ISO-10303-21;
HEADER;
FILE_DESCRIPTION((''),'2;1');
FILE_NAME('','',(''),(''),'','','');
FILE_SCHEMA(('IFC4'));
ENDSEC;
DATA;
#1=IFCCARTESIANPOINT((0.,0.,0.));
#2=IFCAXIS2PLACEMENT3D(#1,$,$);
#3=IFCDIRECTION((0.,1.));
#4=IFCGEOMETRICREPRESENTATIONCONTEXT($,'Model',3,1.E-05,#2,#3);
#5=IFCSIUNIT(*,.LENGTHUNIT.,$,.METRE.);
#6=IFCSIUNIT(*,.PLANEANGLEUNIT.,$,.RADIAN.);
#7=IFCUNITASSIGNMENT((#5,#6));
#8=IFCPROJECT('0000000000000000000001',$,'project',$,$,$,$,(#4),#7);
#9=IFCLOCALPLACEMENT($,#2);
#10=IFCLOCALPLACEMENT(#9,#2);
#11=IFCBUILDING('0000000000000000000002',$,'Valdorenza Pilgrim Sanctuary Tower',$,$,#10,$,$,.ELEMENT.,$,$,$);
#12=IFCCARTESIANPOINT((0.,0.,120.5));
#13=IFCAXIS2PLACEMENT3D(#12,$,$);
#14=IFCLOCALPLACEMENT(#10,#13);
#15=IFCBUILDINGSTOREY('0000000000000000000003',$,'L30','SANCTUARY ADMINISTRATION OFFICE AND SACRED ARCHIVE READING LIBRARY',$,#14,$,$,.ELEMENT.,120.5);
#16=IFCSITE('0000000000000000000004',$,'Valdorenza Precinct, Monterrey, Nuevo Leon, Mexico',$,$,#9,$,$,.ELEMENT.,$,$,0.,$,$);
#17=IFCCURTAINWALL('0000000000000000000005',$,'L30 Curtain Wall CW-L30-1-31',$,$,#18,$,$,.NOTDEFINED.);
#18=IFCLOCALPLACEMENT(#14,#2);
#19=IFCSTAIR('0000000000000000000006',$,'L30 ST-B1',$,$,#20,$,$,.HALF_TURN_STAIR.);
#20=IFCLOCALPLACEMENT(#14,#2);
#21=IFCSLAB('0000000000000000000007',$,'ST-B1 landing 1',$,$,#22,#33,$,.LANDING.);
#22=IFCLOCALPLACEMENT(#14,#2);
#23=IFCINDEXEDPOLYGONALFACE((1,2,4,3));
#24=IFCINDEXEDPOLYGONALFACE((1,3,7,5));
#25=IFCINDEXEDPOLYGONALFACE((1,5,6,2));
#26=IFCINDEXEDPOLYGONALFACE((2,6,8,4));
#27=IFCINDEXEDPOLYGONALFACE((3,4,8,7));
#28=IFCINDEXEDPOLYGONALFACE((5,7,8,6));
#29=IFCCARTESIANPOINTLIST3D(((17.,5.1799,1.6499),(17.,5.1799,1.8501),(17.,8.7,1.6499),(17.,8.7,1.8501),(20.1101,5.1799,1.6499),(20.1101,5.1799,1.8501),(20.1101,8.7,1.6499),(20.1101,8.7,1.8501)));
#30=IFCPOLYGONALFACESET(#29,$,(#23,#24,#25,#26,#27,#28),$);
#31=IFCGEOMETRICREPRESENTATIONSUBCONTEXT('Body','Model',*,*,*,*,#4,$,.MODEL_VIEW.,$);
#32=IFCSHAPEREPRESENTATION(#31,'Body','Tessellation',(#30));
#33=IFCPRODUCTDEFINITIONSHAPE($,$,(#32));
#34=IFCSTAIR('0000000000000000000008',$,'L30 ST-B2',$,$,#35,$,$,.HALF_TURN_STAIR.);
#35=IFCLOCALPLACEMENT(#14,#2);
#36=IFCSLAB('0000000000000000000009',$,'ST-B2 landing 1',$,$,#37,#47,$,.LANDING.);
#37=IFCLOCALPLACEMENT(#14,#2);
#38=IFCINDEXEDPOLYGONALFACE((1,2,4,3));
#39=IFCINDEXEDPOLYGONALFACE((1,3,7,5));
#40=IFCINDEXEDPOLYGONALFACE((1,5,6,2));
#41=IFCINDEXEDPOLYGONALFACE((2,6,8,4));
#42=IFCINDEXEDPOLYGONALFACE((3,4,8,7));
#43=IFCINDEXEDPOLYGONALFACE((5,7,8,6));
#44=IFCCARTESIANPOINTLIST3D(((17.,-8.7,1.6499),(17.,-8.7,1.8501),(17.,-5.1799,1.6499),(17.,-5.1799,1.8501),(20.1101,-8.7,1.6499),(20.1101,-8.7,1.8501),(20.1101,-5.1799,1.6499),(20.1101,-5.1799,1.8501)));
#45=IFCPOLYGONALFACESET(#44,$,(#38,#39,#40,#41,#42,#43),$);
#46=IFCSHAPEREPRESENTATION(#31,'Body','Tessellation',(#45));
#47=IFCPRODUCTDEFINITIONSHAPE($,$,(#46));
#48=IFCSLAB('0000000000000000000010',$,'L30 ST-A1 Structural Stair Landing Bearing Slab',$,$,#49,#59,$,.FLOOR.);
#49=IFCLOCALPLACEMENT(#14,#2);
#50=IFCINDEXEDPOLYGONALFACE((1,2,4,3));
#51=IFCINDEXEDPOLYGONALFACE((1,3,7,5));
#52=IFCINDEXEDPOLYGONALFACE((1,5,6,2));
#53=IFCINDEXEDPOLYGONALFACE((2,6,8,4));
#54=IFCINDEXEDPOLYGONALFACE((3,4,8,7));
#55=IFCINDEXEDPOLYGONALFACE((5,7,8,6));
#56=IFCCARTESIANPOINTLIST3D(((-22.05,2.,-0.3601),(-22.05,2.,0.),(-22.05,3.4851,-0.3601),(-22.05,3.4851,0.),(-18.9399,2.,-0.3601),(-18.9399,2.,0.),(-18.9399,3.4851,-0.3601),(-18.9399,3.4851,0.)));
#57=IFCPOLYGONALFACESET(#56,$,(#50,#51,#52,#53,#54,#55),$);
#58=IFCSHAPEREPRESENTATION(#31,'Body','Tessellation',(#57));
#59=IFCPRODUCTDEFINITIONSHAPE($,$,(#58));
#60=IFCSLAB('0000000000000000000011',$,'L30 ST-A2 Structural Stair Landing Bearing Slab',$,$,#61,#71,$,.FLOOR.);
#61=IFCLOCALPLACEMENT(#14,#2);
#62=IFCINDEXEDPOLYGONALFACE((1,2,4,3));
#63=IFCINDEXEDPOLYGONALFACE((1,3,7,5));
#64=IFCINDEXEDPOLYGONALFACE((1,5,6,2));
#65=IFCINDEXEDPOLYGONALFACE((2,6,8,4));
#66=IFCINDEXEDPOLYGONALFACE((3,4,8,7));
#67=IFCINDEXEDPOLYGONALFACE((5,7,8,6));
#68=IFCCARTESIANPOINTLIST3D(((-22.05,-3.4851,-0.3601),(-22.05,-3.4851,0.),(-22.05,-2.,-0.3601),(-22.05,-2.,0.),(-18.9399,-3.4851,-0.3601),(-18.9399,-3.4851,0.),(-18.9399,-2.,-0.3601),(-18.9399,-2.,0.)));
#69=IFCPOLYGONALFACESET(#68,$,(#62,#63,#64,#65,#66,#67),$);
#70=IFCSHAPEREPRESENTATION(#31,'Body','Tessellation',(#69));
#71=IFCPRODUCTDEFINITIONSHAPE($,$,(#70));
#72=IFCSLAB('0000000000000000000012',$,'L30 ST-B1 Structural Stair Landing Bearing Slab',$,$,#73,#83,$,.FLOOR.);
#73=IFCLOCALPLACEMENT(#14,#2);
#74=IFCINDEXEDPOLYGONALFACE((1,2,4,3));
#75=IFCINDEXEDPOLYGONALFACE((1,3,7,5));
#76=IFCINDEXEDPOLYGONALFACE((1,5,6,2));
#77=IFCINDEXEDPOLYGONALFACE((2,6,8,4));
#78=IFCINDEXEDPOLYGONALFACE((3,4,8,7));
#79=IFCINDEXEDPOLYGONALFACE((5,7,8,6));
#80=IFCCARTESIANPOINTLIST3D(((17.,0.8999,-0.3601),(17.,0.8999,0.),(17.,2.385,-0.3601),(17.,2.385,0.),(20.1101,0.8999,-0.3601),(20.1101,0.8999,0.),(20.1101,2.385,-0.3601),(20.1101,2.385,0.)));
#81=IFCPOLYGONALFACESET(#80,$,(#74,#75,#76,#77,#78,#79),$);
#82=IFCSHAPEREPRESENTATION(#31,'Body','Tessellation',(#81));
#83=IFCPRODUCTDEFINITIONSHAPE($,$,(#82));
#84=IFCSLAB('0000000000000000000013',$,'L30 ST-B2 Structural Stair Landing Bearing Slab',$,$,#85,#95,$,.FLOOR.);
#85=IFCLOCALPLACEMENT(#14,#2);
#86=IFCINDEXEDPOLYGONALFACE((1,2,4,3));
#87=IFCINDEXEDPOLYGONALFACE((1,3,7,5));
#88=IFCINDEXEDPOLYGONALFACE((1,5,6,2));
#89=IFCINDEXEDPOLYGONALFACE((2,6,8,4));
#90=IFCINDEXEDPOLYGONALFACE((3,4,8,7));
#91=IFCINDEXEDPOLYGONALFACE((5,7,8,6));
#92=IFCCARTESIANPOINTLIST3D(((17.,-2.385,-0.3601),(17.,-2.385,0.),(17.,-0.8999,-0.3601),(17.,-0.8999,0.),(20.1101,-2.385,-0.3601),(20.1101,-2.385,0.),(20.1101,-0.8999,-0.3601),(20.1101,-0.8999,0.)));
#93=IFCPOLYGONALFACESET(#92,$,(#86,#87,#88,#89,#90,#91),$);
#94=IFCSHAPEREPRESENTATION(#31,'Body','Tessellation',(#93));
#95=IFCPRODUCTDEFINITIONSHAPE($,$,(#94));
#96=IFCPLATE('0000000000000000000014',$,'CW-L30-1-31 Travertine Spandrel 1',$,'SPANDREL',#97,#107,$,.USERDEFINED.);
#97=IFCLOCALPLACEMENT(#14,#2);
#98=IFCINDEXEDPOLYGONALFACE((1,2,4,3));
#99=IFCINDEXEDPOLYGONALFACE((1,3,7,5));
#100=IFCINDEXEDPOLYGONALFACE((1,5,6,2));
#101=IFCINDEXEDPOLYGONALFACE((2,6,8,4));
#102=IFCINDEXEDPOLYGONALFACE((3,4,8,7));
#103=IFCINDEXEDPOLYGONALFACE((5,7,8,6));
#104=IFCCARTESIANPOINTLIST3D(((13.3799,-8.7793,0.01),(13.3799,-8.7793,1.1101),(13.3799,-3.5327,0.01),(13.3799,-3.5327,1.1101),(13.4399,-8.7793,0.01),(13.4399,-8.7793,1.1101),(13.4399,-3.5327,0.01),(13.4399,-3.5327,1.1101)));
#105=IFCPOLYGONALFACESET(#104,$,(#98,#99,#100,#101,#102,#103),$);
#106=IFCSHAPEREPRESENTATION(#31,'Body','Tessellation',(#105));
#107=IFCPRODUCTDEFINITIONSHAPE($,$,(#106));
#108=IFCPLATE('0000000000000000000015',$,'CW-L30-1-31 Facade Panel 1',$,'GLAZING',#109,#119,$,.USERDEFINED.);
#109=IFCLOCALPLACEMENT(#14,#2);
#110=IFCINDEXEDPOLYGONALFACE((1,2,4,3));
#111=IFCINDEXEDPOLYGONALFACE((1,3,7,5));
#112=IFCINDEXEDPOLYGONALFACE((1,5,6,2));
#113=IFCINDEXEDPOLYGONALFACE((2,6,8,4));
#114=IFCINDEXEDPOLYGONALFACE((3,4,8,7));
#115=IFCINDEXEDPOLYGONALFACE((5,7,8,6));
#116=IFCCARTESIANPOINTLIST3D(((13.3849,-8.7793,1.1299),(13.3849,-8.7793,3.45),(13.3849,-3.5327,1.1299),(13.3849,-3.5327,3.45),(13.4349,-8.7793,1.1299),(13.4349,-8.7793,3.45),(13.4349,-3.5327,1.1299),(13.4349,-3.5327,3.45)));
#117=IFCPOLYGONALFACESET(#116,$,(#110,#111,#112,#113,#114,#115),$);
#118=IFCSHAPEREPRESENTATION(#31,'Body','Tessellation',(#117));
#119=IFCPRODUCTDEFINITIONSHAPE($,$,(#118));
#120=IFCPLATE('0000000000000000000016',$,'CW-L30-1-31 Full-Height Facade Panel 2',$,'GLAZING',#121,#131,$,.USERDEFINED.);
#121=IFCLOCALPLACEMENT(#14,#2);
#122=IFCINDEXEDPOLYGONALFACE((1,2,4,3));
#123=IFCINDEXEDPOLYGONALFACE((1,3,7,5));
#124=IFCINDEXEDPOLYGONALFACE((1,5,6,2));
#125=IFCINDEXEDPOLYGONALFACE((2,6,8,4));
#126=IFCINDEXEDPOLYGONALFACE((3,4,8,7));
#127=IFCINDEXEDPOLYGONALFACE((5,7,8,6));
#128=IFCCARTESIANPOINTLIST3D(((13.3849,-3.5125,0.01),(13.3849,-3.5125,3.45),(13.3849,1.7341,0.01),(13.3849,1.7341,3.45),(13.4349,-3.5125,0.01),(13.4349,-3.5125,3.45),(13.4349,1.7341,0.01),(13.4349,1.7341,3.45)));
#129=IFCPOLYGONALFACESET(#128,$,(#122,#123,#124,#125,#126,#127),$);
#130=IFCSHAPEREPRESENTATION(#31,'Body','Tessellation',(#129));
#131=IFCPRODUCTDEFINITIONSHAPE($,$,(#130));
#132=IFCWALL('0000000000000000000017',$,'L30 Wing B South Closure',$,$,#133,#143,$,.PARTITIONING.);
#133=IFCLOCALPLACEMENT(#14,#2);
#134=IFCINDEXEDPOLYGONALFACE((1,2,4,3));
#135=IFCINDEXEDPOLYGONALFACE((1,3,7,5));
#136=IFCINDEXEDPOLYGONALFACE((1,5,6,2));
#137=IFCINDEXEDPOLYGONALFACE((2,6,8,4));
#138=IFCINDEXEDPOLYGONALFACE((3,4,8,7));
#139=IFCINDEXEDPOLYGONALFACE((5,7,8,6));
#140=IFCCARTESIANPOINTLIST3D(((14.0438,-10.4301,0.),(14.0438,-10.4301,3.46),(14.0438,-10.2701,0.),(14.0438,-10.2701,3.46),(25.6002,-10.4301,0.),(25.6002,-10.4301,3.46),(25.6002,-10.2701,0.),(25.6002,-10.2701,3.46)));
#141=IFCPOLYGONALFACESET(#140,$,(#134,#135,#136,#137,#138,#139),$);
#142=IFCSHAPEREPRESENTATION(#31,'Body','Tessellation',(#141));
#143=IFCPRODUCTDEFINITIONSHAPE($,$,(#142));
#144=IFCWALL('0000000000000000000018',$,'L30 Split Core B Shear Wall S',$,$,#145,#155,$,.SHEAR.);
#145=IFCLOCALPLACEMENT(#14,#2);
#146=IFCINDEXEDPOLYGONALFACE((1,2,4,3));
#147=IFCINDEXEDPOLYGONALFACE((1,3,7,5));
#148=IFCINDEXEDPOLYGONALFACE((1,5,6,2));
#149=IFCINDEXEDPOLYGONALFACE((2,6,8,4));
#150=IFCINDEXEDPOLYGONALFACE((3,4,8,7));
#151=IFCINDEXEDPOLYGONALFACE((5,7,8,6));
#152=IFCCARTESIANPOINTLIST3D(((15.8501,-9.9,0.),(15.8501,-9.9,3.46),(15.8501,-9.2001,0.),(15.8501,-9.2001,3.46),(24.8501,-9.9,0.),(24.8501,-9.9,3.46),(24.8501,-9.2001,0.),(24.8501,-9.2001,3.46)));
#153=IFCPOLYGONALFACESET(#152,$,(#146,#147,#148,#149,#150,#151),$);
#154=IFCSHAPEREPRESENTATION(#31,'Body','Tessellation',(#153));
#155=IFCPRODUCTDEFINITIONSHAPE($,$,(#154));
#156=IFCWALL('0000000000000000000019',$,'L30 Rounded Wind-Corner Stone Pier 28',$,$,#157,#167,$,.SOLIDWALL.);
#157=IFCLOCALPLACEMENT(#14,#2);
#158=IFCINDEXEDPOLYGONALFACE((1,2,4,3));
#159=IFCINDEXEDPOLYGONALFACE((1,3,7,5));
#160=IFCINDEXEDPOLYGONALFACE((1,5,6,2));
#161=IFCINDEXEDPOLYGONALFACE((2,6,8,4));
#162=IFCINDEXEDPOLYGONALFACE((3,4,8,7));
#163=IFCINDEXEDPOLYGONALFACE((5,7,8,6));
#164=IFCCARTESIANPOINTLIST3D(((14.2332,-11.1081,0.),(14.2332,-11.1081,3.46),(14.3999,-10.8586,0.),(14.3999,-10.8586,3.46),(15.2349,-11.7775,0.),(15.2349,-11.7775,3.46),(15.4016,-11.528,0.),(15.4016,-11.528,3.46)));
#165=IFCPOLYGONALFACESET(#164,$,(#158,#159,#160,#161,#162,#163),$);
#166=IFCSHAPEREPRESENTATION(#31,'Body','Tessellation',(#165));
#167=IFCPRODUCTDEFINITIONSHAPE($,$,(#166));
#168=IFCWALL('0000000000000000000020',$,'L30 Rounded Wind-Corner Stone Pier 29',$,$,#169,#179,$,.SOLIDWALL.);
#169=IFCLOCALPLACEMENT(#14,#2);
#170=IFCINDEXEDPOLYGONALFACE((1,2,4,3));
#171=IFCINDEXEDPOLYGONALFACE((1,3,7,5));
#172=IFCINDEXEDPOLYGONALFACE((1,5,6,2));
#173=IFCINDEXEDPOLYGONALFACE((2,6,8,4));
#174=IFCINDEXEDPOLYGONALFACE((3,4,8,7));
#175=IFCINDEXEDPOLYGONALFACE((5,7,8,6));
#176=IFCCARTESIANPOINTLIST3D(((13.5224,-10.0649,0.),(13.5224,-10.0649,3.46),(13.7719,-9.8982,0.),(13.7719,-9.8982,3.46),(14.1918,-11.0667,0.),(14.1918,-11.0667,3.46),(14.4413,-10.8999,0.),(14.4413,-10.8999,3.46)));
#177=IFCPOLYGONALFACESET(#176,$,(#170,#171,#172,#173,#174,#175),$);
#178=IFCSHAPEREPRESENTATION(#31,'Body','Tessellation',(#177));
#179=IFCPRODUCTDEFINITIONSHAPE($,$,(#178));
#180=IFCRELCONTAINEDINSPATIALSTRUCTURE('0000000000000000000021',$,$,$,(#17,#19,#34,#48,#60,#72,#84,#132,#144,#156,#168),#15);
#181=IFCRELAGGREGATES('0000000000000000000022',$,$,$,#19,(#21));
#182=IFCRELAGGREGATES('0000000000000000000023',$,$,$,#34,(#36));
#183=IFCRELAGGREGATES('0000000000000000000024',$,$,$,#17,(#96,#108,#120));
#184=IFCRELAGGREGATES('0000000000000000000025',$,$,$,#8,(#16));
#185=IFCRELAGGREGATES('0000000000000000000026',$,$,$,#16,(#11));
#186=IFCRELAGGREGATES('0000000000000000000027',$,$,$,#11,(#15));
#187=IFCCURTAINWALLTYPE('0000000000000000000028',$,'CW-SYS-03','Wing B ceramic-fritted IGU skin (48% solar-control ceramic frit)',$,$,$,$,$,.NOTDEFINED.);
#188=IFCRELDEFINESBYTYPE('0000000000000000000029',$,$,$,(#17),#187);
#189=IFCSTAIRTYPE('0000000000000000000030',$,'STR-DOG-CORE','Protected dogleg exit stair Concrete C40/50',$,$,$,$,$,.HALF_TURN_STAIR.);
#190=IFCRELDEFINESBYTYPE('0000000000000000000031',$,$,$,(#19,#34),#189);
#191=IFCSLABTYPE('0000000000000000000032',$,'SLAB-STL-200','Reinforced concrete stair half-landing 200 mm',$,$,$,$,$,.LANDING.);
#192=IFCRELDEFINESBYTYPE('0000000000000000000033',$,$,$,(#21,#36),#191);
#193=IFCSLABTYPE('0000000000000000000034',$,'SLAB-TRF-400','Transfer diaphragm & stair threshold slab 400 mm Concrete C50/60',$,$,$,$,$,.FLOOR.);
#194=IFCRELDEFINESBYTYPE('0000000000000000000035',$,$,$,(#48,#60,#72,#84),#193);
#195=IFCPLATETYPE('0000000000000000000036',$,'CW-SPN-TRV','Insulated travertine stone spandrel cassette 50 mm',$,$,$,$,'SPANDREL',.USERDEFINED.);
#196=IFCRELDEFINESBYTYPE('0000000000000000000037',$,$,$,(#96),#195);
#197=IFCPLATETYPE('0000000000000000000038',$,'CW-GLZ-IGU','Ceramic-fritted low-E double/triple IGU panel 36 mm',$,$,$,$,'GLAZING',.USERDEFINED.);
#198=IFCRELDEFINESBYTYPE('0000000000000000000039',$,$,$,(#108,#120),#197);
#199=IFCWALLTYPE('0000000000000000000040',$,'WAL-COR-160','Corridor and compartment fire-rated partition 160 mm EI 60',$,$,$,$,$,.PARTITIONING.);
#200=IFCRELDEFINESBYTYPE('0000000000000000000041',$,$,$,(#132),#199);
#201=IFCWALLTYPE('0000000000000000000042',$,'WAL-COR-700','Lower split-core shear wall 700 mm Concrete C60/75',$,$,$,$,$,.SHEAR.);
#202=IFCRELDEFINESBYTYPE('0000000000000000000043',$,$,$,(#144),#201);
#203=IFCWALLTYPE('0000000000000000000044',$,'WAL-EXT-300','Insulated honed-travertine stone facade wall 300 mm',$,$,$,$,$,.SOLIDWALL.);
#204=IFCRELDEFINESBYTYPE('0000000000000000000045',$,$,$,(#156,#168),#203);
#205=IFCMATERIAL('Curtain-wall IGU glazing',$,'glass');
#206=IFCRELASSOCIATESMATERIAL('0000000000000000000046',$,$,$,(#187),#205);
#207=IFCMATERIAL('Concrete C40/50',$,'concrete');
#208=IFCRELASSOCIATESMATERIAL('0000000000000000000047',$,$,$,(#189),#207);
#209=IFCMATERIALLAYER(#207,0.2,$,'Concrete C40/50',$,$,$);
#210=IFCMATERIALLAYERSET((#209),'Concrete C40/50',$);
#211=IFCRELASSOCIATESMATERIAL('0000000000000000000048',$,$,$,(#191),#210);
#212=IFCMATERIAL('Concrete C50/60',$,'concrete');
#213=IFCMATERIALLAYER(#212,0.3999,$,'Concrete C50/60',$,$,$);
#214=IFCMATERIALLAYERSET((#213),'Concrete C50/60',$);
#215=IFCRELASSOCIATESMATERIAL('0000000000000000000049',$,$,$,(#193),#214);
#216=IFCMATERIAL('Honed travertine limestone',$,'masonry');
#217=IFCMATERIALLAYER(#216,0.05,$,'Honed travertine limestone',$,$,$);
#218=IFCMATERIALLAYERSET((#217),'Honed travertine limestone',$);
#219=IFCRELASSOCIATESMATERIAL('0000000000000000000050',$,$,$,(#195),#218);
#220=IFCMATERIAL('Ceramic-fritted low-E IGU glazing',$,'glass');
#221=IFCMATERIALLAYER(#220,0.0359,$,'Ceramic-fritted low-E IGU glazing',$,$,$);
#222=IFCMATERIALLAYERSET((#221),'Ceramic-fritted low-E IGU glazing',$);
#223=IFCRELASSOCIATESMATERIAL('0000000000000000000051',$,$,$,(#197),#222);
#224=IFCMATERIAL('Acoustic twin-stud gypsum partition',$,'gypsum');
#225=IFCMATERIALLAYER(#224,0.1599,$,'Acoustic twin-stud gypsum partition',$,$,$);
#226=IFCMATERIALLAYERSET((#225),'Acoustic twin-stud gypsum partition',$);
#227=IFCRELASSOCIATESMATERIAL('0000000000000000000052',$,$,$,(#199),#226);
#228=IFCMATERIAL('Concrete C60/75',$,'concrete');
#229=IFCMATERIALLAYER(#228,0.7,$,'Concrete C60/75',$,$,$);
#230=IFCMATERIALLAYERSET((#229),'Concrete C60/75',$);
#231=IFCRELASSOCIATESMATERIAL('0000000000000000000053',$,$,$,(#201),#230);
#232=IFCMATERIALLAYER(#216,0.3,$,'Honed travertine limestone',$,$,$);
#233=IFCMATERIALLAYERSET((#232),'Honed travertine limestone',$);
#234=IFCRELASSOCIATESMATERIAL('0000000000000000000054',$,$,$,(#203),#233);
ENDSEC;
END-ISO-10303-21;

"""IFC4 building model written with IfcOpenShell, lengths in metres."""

from ifc_helpers import new_model, si_unit, direction, frame, frame_2d, origin, origin_2d, place, context, subcontext, project, spatial, polyline, rectangle, outline, extrude, source, transform, mapped, material, layer, layer_set, type_object, element, aggregate, save


model = new_model("IFC4")

# Units and contexts
model_context = context("Model", 3, precision=1e-05, world=origin(), true_north=direction((0.0, 1.0)))
body_context = subcontext(model_context, "Body", "Model", "MODEL_VIEW")
ifc_project = project(units=[si_unit("LENGTHUNIT", "METRE"), si_unit("PLANEANGLEUNIT", "RADIAN")], contexts=[model_context])

# Site, building, storey
site_placement = place(None, origin())
site = spatial("IfcSite", under=ifc_project, at=site_placement, Name="Valdorenza Precinct, Monterrey, Nuevo Leon, Mexico", CompositionType="ELEMENT", RefElevation=0.0)
building_placement = place(site_placement, origin())
building = spatial("IfcBuilding", under=site, at=building_placement, Name="Valdorenza Pilgrim Sanctuary Tower", CompositionType="ELEMENT")
storey_placement = place(building_placement, frame((0.0, 0.0, 120.5)))
storey = spatial("IfcBuildingStorey", under=building, at=storey_placement, Name="L30", Description="SANCTUARY ADMINISTRATION OFFICE AND SACRED ARCHIVE READING LIBRARY", CompositionType="ELEMENT", Elevation=120.5)

# Shared definitions
ifc_material_1 = material(Name="Concrete C60/75", Category="concrete")

# Curtain wall
ifc_material_2 = material(Name="Curtain-wall IGU glazing", Category="glass")
curtain_wall_type = type_object("IfcCurtainWallType", Name="CW-SYS-03", Description="Wing B ceramic-fritted IGU skin (48% solar-control ceramic frit)", PredefinedType="NOTDEFINED", material=ifc_material_2)
curtain_wall_placement = place(storey_placement, origin())
curtain_wall = element("IfcCurtainWall", 1, at=curtain_wall_placement, inside=storey, type_object=curtain_wall_type, Name="L30 Curtain Wall CW-L30-1-31", PredefinedType="NOTDEFINED")

# Shared definitions
ifc_material_3 = material(Name="Concrete C40/50", Category="concrete")

# Stairs, slabs
stair_type = type_object("IfcStairType", Name="STR-DOG-CORE", Description="Protected dogleg exit stair Concrete C40/50", PredefinedType="HALF_TURN_STAIR", material=ifc_material_3)
ifc_layer_1 = layer(ifc_material_3, 0.2, Name="Concrete C40/50")
ifc_layer_set_1 = layer_set([ifc_layer_1], Name="Concrete C40/50")
slab_type_1 = type_object("IfcSlabType", Name="SLAB-STL-200", Description="Reinforced concrete stair half-landing 200 mm", PredefinedType="LANDING", material=ifc_layer_set_1)
stair_1_placement = place(storey_placement, origin())
stair_1 = element("IfcStair", 2, at=stair_1_placement, inside=storey, type_object=stair_type, Name="L30 ST-B1", PredefinedType="HALF_TURN_STAIR")
slab_1_placement = place(storey_placement, frame((0.0, 0.0, 1.6499)))
slab_1 = element("IfcSlab", 3, at=slab_1_placement, type_object=slab_type_1, Name="ST-B1 landing 1", PredefinedType="LANDING", context=body_context, shape_type="SweptSolid", body=[
    extrude(outline(polyline([(20.1101, 5.1799), (20.1101, 8.7), (17.0, 8.7), (17.0, 5.1799), (20.1101, 5.1799)])), origin(), (0.0, 0.0, 1.0), 0.2002),
])
aggregate(stair_1, [slab_1])
stair_2_placement = place(storey_placement, origin())
stair_2 = element("IfcStair", 4, at=stair_2_placement, inside=storey, type_object=stair_type, Name="L30 ST-B2", PredefinedType="HALF_TURN_STAIR")
slab_2_placement = place(storey_placement, frame((0.0, 0.0, 1.6499)))
slab_2 = element("IfcSlab", 5, at=slab_2_placement, type_object=slab_type_1, Name="ST-B2 landing 1", PredefinedType="LANDING", context=body_context, shape_type="SweptSolid", body=[
    extrude(outline(polyline([(17.0, -5.1799), (17.0, -8.7), (20.1101, -8.7), (20.1101, -5.1799), (17.0, -5.1799)])), origin(), (0.0, 0.0, 1.0), 0.2002),
])
aggregate(stair_2, [slab_2])

# Slabs
ifc_material_4 = material(Name="Concrete C50/60", Category="concrete")
ifc_layer_2 = layer(ifc_material_4, 0.3999, Name="Concrete C50/60")
ifc_layer_set_2 = layer_set([ifc_layer_2], Name="Concrete C50/60")
slab_type_2 = type_object("IfcSlabType", Name="SLAB-TRF-400", Description="Transfer diaphragm & stair threshold slab 400 mm Concrete C50/60", PredefinedType="FLOOR", material=ifc_layer_set_2)
slab_3_placement = place(storey_placement, frame((0.0, 0.0, -0.3601)))
element("IfcSlab", 6, at=slab_3_placement, inside=storey, type_object=slab_type_2, Name="L30 ST-A1 Structural Stair Landing Bearing Slab", PredefinedType="FLOOR", context=body_context, shape_type="SweptSolid", body=[
    extrude(outline(polyline([(-22.05, 2.0), (-18.9399, 2.0), (-18.9399, 3.4851), (-22.05, 3.4851), (-22.05, 2.0)])), origin(), (0.0, 0.0, 1.0), 0.3601),
])
slab_4_placement = place(storey_placement, frame((0.0, 0.0, -0.3601)))
element("IfcSlab", 7, at=slab_4_placement, inside=storey, type_object=slab_type_2, Name="L30 ST-A2 Structural Stair Landing Bearing Slab", PredefinedType="FLOOR", context=body_context, shape_type="SweptSolid", body=[
    extrude(outline(polyline([(-22.05, -3.4851), (-18.9399, -3.4851), (-18.9399, -2.0), (-22.05, -2.0), (-22.05, -3.4851)])), origin(), (0.0, 0.0, 1.0), 0.3601),
])
slab_5_placement = place(storey_placement, frame((0.0, 0.0, -0.3601)))
element("IfcSlab", 8, at=slab_5_placement, inside=storey, type_object=slab_type_2, Name="L30 ST-B1 Structural Stair Landing Bearing Slab", PredefinedType="FLOOR", context=body_context, shape_type="SweptSolid", body=[
    extrude(outline(polyline([(17.0, 0.8999), (20.1101, 0.8999), (20.1101, 2.385), (17.0, 2.385), (17.0, 0.8999)])), origin(), (0.0, 0.0, 1.0), 0.3601),
])
slab_6_placement = place(storey_placement, frame((0.0, 0.0, -0.3601)))
element("IfcSlab", 9, at=slab_6_placement, inside=storey, type_object=slab_type_2, Name="L30 ST-B2 Structural Stair Landing Bearing Slab", PredefinedType="FLOOR", context=body_context, shape_type="SweptSolid", body=[
    extrude(outline(polyline([(17.0, -2.385), (20.1101, -2.385), (20.1101, -0.8999), (17.0, -0.8999), (17.0, -2.385)])), origin(), (0.0, 0.0, 1.0), 0.3601),
])

# Plates
ifc_material_5 = material(Name="Honed travertine limestone", Category="masonry")
ifc_layer_3 = layer(ifc_material_5, 0.05, Name="Honed travertine limestone")
ifc_layer_set_3 = layer_set([ifc_layer_3], Name="Honed travertine limestone")
plate_type_1 = type_object("IfcPlateType", Name="CW-SPN-TRV", Description="Insulated travertine stone spandrel cassette 50 mm", ElementType="SPANDREL", PredefinedType="USERDEFINED", material=ifc_layer_set_3)
shared_shape_1 = source(origin(), body_context, "Body", "SweptSolid", [
    extrude(rectangle(XDim=5.2466, YDim=0.0601, at=origin_2d()), origin(), (0.0, 0.0, 1.0), 1.1001),
])
plate_1_placement = place(storey_placement, frame((13.4099, -6.156, 0.01), z_axis=(0.0, 0.0, 1.0), x_axis=(0.0, 1.0, 0.0)))
plate_1 = element("IfcPlate", 10, at=plate_1_placement, type_object=plate_type_1, Name="CW-L30-1-31 Travertine Spandrel 1", ObjectType="SPANDREL", PredefinedType="USERDEFINED", context=body_context, shape_type="MappedRepresentation", body=[
    mapped(shared_shape_1, transform((0.0, 0.0, 0.0), x_axis=(1.0, 0.0, 0.0), y_axis=(0.0, 1.0, 0.0), z_axis=(0.0, 0.0, 1.0), scale=1.0)),
])
ifc_material_6 = material(Name="Ceramic-fritted low-E IGU glazing", Category="glass")
ifc_layer_4 = layer(ifc_material_6, 0.0359, Name="Ceramic-fritted low-E IGU glazing")
ifc_layer_set_4 = layer_set([ifc_layer_4], Name="Ceramic-fritted low-E IGU glazing")
plate_type_2 = type_object("IfcPlateType", Name="CW-GLZ-IGU", Description="Ceramic-fritted low-E double/triple IGU panel 36 mm", ElementType="GLAZING", PredefinedType="USERDEFINED", material=ifc_layer_set_4)
shared_shape_2 = source(origin(), body_context, "Body", "SweptSolid", [
    extrude(rectangle(XDim=5.2466, YDim=0.05, at=origin_2d()), origin(), (0.0, 0.0, 1.0), 2.3201),
])
plate_2_placement = place(storey_placement, frame((13.4099, -6.156, 1.1299), z_axis=(0.0, 0.0, 1.0), x_axis=(0.0, 1.0, 0.0)))
plate_2 = element("IfcPlate", 11, at=plate_2_placement, type_object=plate_type_2, Name="CW-L30-1-31 Facade Panel 1", ObjectType="GLAZING", PredefinedType="USERDEFINED", context=body_context, shape_type="MappedRepresentation", body=[
    mapped(shared_shape_2, transform((0.0, 0.0, 0.0), x_axis=(1.0, 0.0, 0.0), y_axis=(0.0, 1.0, 0.0), z_axis=(0.0, 0.0, 1.0), scale=1.0)),
])
shared_shape_3 = source(origin(), body_context, "Body", "SweptSolid", [
    extrude(rectangle(XDim=5.2466, YDim=0.05, at=origin_2d()), origin(), (0.0, 0.0, 1.0), 3.4399),
])
plate_3_placement = place(storey_placement, frame((13.4099, -0.8892, 0.01), z_axis=(0.0, 0.0, 1.0), x_axis=(0.0, 1.0, 0.0)))
plate_3 = element("IfcPlate", 12, at=plate_3_placement, type_object=plate_type_2, Name="CW-L30-1-31 Full-Height Facade Panel 2", ObjectType="GLAZING", PredefinedType="USERDEFINED", context=body_context, shape_type="MappedRepresentation", body=[
    mapped(shared_shape_3, transform((0.0, 0.0, 0.0), x_axis=(1.0, 0.0, 0.0), y_axis=(0.0, 1.0, 0.0), z_axis=(0.0, 0.0, 1.0), scale=1.0)),
])
aggregate(curtain_wall, [plate_1, plate_2, plate_3])

# Walls
ifc_material_7 = material(Name="Acoustic twin-stud gypsum partition", Category="gypsum")
ifc_layer_5 = layer(ifc_material_7, 0.1599, Name="Acoustic twin-stud gypsum partition")
ifc_layer_set_5 = layer_set([ifc_layer_5], Name="Acoustic twin-stud gypsum partition")
wall_type_1 = type_object("IfcWallType", Name="WAL-COR-160", Description="Corridor and compartment fire-rated partition 160 mm EI 60", PredefinedType="PARTITIONING", material=ifc_layer_set_5)
wall_1_placement = place(storey_placement, frame((14.0437, -10.3501, 0.0), z_axis=(0.0, 0.0, 1.0), x_axis=(1.0, 0.0, 0.0)))
element("IfcWall", 13, at=wall_1_placement, inside=storey, type_object=wall_type_1, Name="L30 Wing B South Closure", PredefinedType="PARTITIONING", context=body_context, shape_type="SweptSolid", body=[
    extrude(rectangle(XDim=11.5564, YDim=0.1599, at=frame_2d((5.7783, 0.0))), origin(), (0.0, 0.0, 1.0), 3.46),
])
ifc_layer_6 = layer(ifc_material_1, 0.7, Name="Concrete C60/75")
ifc_layer_set_6 = layer_set([ifc_layer_6], Name="Concrete C60/75")
wall_type_2 = type_object("IfcWallType", Name="WAL-COR-700", Description="Lower split-core shear wall 700 mm Concrete C60/75", PredefinedType="SHEAR", material=ifc_layer_set_6)
wall_2_placement = place(storey_placement, frame((15.8501, -9.55, 0.0), z_axis=(0.0, 0.0, 1.0), x_axis=(1.0, 0.0, 0.0)))
element("IfcWall", 14, at=wall_2_placement, inside=storey, type_object=wall_type_2, Name="L30 Split Core B Shear Wall S", PredefinedType="SHEAR", context=body_context, shape_type="SweptSolid", body=[
    extrude(rectangle(XDim=9.0, YDim=0.7, at=frame_2d((4.5, 0.0))), origin(), (0.0, 0.0, 1.0), 3.46),
])
ifc_layer_7 = layer(ifc_material_5, 0.3, Name="Honed travertine limestone")
ifc_layer_set_7 = layer_set([ifc_layer_7], Name="Honed travertine limestone")
wall_type_3 = type_object("IfcWallType", Name="WAL-EXT-300", Description="Insulated honed-travertine stone facade wall 300 mm", PredefinedType="SOLIDWALL", material=ifc_layer_set_7)
for number, where, z_axis, x_axis, name in (
    (15, (15.3184, -11.6528, 0.0), (0.0, 0.0, 1.0), (-0.831426, 0.555635, 0.0), "L30 Rounded Wind-Corner Stone Pier 28"),
    (16, (14.3167, -10.9834, 0.0), (0.0, 0.0, 1.0), (-0.555635, 0.831426, 0.0), "L30 Rounded Wind-Corner Stone Pier 29"),
):
    element("IfcWall", number, at=place(storey_placement, frame(where, z_axis=z_axis, x_axis=x_axis)), inside=storey, type_object=wall_type_3, Name=name, PredefinedType="SOLIDWALL", context=body_context, shape_type="SweptSolid", body=[
        extrude(rectangle(XDim=1.2048, YDim=0.3, at=frame_2d((0.6025, 0.0))), origin(), (0.0, 0.0, 1.0), 3.46),
    ])

save(model, "model.ifc")
